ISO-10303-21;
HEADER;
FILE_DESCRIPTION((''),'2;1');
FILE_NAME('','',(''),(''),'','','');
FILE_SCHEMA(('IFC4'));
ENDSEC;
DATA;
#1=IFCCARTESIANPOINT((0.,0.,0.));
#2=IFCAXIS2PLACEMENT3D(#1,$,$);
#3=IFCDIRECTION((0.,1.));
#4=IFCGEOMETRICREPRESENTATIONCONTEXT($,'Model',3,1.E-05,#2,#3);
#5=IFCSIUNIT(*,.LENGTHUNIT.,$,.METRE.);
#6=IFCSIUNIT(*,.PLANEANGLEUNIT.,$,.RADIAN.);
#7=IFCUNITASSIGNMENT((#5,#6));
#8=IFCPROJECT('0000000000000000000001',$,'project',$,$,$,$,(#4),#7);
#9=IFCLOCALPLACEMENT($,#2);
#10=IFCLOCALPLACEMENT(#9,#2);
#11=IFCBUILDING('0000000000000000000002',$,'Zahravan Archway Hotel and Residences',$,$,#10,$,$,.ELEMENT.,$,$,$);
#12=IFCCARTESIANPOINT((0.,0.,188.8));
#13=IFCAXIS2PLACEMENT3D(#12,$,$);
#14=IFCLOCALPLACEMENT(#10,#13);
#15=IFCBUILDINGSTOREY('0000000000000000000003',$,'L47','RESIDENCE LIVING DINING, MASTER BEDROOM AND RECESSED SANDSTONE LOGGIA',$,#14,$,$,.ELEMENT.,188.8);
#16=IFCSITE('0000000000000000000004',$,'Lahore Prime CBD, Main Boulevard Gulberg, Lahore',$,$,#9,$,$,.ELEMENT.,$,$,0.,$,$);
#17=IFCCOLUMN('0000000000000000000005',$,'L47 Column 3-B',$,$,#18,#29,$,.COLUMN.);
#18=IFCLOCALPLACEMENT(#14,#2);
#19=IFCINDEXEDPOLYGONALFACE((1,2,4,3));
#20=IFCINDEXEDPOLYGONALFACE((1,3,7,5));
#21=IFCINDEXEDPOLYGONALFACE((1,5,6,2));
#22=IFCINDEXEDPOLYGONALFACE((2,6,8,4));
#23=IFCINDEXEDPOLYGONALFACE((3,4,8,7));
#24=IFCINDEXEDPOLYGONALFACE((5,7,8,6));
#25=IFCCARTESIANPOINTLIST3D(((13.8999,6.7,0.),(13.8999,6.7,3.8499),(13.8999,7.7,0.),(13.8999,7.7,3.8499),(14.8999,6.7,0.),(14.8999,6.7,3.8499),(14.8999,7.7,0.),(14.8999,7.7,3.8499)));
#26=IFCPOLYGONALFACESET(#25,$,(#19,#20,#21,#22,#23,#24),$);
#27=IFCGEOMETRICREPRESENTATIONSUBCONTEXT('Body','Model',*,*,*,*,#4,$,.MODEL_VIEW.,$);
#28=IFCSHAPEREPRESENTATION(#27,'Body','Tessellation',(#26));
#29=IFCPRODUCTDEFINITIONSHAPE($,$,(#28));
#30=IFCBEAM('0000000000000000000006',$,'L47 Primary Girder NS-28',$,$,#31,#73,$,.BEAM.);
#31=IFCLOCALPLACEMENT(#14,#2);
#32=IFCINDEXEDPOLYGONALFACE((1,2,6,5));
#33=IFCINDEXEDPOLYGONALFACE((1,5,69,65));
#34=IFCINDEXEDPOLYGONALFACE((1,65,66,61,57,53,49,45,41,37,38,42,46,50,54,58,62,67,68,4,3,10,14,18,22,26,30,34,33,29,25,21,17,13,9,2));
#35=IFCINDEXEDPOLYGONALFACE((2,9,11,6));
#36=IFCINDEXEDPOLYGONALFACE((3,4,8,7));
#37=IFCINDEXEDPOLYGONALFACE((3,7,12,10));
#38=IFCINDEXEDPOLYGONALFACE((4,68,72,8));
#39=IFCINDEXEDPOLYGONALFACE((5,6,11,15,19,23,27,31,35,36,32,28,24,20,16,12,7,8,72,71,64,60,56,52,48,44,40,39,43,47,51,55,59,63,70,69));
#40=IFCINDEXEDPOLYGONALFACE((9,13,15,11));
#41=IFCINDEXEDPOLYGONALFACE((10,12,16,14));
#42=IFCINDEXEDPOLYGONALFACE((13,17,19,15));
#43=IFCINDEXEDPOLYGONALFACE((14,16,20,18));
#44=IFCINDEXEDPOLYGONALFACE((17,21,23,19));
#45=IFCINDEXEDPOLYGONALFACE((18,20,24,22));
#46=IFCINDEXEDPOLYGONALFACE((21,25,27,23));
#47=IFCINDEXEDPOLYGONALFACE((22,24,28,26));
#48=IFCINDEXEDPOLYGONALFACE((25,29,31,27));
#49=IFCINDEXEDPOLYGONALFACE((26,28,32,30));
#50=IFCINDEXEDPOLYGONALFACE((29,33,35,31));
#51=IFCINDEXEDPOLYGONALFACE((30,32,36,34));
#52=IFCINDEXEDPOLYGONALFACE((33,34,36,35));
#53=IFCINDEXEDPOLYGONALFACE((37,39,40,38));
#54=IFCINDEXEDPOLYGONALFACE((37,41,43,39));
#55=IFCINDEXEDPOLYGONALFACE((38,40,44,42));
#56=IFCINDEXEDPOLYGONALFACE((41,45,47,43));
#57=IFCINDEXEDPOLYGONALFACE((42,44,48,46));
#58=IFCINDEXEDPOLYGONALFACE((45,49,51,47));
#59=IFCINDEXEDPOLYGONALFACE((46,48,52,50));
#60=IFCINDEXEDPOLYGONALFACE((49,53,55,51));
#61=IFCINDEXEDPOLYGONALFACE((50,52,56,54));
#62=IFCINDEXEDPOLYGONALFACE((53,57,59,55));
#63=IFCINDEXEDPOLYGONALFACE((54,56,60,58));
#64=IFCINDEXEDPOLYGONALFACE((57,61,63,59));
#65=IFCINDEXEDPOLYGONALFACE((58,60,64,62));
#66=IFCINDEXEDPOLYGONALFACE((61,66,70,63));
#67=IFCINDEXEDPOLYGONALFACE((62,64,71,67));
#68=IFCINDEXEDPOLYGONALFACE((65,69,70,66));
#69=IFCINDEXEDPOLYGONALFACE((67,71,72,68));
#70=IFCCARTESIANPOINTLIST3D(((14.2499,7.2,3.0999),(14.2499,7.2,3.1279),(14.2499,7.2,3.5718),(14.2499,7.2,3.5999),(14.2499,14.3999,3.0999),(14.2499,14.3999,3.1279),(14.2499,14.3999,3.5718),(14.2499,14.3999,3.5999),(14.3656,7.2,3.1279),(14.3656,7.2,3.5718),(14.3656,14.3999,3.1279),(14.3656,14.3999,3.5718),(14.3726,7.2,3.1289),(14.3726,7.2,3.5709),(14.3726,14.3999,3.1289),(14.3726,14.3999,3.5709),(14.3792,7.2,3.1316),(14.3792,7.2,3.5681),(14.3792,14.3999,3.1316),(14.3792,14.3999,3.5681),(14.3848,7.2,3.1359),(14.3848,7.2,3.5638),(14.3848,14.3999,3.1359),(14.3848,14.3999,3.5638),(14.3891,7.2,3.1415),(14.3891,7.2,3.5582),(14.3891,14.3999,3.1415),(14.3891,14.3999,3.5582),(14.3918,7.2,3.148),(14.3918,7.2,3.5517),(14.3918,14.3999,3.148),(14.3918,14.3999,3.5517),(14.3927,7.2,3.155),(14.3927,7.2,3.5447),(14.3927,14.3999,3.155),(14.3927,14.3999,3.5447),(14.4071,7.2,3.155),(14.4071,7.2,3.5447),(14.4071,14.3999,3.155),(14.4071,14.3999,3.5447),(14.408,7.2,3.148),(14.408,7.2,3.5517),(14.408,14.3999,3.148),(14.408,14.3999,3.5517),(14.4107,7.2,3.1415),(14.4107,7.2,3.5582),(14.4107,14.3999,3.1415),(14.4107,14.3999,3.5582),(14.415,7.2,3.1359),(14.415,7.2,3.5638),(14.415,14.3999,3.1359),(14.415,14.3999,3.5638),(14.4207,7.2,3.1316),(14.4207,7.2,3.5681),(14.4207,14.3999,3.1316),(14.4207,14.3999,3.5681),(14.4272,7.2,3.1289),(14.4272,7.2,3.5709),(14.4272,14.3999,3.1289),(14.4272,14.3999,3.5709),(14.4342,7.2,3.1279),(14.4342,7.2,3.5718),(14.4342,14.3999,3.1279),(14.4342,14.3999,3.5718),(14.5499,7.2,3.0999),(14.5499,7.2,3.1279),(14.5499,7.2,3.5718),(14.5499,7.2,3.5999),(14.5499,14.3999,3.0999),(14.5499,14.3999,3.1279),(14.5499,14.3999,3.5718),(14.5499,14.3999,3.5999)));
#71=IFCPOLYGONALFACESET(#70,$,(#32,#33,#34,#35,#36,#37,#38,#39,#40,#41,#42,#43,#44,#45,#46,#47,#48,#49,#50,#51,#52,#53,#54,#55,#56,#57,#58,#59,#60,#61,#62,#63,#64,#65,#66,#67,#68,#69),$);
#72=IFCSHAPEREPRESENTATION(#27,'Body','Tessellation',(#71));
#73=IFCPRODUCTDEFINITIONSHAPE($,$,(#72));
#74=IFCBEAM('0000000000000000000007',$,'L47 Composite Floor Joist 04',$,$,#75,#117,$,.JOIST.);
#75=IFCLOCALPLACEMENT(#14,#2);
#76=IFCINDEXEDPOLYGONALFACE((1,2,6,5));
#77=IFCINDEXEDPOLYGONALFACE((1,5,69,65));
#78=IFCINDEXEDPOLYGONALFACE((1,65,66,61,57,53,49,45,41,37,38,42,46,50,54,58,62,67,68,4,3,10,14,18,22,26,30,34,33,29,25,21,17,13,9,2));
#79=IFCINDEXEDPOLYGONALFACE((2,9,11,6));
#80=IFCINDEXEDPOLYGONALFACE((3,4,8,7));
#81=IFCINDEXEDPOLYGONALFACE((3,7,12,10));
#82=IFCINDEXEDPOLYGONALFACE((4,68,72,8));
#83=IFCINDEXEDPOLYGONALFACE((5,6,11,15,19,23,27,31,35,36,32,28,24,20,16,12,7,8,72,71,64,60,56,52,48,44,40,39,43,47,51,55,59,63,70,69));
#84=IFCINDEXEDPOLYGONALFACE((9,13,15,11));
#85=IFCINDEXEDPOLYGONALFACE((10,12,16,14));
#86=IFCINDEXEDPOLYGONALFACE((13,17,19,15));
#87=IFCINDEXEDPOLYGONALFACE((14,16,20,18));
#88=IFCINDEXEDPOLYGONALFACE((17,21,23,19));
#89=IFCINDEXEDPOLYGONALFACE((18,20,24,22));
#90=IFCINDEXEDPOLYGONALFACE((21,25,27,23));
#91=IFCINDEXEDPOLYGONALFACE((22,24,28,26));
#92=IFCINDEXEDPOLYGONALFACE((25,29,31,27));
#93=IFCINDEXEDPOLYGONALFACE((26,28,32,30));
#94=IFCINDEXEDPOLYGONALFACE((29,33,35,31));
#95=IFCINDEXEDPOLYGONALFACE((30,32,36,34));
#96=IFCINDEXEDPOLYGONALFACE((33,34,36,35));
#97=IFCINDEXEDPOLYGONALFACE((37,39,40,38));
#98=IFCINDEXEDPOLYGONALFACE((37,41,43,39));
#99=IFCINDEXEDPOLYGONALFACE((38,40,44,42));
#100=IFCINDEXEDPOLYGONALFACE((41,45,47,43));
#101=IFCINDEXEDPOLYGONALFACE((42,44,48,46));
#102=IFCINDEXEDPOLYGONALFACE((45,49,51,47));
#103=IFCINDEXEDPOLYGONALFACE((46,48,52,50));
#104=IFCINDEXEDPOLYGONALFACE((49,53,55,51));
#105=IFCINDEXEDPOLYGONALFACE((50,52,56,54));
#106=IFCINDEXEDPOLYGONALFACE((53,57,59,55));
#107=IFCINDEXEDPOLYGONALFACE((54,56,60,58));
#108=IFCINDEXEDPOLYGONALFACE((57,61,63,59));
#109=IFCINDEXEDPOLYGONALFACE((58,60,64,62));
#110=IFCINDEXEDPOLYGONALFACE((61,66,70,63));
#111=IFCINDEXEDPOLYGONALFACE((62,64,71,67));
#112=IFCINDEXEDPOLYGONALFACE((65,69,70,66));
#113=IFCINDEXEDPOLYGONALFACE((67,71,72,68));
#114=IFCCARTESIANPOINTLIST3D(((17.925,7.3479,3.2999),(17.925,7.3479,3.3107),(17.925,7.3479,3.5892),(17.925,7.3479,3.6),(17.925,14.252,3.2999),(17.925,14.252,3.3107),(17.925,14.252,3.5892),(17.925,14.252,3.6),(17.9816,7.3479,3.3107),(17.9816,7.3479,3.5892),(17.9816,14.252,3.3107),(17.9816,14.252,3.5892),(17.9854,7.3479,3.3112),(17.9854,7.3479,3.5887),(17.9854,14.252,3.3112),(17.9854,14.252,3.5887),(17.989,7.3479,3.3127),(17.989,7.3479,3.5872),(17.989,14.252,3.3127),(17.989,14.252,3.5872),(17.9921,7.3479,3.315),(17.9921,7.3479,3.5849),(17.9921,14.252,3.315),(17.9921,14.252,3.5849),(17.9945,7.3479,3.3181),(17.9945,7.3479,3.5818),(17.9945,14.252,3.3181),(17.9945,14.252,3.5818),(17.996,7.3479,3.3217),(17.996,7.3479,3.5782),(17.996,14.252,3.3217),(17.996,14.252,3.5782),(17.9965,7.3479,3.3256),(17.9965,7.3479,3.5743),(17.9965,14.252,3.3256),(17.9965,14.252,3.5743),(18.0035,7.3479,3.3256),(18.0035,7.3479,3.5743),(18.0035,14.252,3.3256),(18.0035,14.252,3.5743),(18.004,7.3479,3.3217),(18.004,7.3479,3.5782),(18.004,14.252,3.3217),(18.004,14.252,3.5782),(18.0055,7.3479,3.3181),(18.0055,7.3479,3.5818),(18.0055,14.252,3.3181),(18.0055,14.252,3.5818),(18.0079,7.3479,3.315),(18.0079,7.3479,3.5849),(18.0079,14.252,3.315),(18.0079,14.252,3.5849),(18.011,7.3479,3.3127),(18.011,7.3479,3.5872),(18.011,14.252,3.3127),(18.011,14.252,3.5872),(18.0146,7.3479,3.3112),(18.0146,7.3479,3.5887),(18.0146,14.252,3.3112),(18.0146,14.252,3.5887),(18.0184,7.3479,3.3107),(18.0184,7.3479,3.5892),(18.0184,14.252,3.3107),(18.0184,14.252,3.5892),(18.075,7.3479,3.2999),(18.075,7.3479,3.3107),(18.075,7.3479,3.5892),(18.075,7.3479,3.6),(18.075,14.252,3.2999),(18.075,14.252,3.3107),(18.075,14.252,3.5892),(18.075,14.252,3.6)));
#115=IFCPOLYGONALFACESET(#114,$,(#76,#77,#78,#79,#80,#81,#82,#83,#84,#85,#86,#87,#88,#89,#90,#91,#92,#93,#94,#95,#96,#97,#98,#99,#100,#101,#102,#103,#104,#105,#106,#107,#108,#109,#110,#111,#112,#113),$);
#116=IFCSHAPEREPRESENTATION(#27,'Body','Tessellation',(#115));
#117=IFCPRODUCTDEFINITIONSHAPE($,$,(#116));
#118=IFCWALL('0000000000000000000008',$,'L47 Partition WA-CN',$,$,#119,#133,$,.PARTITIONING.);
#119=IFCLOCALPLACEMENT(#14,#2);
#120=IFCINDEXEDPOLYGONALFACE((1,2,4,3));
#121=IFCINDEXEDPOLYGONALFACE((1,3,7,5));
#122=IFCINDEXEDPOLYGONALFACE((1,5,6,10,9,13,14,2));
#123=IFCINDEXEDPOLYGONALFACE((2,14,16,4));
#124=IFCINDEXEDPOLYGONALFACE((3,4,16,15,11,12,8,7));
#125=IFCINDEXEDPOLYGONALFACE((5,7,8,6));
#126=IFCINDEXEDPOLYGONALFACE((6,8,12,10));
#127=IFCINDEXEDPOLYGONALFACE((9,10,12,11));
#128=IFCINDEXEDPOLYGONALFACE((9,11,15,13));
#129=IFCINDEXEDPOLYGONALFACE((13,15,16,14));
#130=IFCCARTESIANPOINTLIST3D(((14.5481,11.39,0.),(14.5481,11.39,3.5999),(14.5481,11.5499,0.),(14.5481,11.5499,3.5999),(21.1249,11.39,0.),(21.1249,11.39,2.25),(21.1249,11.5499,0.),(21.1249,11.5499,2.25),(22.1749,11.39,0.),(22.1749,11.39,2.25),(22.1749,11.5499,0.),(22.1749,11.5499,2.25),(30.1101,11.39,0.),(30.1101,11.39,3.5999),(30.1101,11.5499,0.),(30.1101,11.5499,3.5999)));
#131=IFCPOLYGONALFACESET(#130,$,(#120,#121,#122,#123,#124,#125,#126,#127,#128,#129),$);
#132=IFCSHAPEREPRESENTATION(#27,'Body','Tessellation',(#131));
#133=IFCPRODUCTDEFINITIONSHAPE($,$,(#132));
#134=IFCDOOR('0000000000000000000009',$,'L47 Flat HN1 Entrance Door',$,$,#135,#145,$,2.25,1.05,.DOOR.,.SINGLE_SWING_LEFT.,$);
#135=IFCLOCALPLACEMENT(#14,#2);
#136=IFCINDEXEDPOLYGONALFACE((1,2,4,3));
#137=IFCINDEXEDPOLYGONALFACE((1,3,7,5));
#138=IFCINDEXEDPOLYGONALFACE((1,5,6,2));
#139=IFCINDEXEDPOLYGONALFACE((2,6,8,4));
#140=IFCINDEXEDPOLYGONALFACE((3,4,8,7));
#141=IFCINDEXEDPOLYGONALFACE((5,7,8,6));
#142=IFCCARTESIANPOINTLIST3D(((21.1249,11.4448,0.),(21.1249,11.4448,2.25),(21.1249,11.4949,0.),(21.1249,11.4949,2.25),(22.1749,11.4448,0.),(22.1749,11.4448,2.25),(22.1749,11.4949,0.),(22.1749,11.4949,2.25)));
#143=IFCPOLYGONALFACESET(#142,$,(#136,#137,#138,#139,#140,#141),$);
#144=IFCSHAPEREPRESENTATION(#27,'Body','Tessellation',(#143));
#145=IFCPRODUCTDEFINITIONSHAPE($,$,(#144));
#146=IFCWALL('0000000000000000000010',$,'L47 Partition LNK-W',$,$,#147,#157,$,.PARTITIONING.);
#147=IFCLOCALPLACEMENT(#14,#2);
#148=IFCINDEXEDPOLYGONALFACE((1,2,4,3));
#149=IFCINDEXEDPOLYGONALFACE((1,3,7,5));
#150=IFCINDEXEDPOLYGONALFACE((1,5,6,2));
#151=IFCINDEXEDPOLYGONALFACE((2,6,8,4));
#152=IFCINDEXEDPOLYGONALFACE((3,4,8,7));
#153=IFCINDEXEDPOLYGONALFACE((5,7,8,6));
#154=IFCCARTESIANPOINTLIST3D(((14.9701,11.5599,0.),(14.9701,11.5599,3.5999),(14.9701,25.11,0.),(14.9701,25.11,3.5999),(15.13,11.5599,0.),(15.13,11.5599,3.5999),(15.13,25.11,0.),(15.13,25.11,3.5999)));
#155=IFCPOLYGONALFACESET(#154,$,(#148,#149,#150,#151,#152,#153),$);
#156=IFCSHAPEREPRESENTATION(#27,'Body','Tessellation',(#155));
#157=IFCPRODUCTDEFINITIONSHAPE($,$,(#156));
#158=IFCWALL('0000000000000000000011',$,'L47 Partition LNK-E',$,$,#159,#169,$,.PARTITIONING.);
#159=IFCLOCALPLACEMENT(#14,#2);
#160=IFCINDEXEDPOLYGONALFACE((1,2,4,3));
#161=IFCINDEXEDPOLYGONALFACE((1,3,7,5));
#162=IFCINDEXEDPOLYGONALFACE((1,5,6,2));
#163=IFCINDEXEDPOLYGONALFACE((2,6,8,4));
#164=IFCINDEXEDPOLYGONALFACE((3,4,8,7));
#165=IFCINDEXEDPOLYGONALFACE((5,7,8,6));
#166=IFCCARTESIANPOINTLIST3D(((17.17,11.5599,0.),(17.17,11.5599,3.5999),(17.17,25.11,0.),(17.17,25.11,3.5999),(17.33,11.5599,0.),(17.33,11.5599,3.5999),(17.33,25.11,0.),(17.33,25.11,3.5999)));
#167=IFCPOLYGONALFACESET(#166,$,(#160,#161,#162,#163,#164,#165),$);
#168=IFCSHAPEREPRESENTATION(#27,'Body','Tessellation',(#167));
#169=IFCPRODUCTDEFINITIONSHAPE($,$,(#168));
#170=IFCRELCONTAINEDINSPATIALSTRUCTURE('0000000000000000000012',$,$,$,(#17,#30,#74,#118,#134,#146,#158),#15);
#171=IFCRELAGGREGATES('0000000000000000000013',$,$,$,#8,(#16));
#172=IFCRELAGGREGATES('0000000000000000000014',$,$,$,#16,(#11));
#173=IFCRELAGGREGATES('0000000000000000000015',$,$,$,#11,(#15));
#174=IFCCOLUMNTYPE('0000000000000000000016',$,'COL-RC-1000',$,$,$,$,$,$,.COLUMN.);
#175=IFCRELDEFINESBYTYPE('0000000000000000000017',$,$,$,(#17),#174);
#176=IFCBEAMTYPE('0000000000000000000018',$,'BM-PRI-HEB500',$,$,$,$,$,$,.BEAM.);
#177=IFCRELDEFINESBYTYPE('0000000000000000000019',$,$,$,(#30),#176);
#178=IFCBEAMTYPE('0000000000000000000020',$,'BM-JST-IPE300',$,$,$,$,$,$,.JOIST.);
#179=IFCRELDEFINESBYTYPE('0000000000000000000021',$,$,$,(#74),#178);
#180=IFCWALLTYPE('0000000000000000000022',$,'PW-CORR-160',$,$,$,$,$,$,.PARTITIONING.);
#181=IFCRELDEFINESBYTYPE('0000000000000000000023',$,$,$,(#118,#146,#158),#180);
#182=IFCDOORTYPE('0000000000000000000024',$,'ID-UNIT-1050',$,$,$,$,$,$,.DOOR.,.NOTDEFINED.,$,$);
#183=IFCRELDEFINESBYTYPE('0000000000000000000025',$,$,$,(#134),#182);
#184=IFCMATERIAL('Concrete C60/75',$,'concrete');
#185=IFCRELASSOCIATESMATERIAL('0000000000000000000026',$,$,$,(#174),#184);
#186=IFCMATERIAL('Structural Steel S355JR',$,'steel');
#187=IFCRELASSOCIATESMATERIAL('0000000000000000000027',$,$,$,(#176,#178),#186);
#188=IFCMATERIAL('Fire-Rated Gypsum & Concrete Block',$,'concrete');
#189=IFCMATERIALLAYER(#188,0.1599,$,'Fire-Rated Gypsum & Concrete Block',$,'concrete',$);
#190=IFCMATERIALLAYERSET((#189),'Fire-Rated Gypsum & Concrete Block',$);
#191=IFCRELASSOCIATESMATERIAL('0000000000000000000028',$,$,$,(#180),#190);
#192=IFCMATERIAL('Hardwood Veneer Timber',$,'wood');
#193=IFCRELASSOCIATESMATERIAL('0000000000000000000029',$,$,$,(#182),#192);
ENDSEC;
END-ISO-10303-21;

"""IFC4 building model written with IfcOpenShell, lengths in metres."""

from ifc_helpers import new_model, si_unit, direction, frame, frame_2d, origin, origin_2d, place, context, subcontext, project, spatial, rectangle, i_section, extrude, source, transform, mapped, material, layer, layer_set, material_profile, profile_set, type_object, type_shapes, element, fill, save


model = new_model("IFC4")

# Units and contexts
model_context = context("Model", 3, precision=1e-05, world=origin(), true_north=direction((0.0, 1.0)))
body_context = subcontext(model_context, "Body", "Model", "MODEL_VIEW")
ifc_project = project(units=[si_unit("LENGTHUNIT", "METRE"), si_unit("PLANEANGLEUNIT", "RADIAN")], contexts=[model_context])

# Site, building, storey
site_placement = place(None, origin())
site = spatial("IfcSite", under=ifc_project, at=site_placement, Name="Lahore Prime CBD, Main Boulevard Gulberg, Lahore", CompositionType="ELEMENT", RefElevation=0.0)
building_placement = place(site_placement, origin())
building = spatial("IfcBuilding", under=site, at=building_placement, Name="Zahravan Archway Hotel and Residences", CompositionType="ELEMENT")
storey_placement = place(building_placement, frame((0.0, 0.0, 188.8)))
storey = spatial("IfcBuildingStorey", under=building, at=storey_placement, Name="L47", Description="RESIDENCE LIVING DINING, MASTER BEDROOM AND RECESSED SANDSTONE LOGGIA", CompositionType="ELEMENT", Elevation=188.8)

# Column
ifc_material_1 = material(Name="Concrete C60/75", Category="concrete")
ifc_material_profile_1 = material_profile(ifc_material_1, rectangle(XDim=1.0, YDim=1.0, at=origin_2d()), Name="RC-COL-1000x1000", Category="concrete")
ifc_profile_set_1 = profile_set([ifc_material_profile_1], Name="Concrete C60/75")
column_type = type_object("IfcColumnType", Name="COL-RC-1000", PredefinedType="COLUMN", material=ifc_profile_set_1)
shared_shape_1 = source(origin(), body_context, "Body", "SweptSolid", [
    extrude(rectangle(XDim=1.0, YDim=1.0, at=origin_2d()), origin(), (0.0, 0.0, 1.0), 3.8499),
])
column_placement = place(storey_placement, frame((14.3999, 7.2, 0.0), z_axis=(0.0, 0.0, 1.0), x_axis=(1.0, 0.0, 0.0)))
element("IfcColumn", 1, at=column_placement, inside=storey, type_object=column_type, Name="L47 Column 3-B", PredefinedType="COLUMN", context=body_context, shape_type="MappedRepresentation", body=[
    mapped(shared_shape_1, transform((0.0, 0.0, 0.0), scale=1.0)),
])

# Beams
ifc_material_2 = material(Name="Structural Steel S355JR", Category="steel")
ifc_material_profile_2 = material_profile(ifc_material_2, i_section(OverallWidth=0.3, OverallDepth=0.5, WebThickness=0.0144, FlangeThickness=0.0281, FilletRadius=0.0271, at=origin_2d()), Name="HEB 500", Category="steel")
ifc_profile_set_2 = profile_set([ifc_material_profile_2], Name="Structural Steel S355JR")
beam_type_1 = type_object("IfcBeamType", Name="BM-PRI-HEB500", PredefinedType="BEAM", material=ifc_profile_set_2)
shared_shape_2 = source(origin(), body_context, "Body", "SweptSolid", [
    extrude(i_section(OverallWidth=0.3, OverallDepth=0.5, WebThickness=0.0144, FlangeThickness=0.0281, FilletRadius=0.0271, at=origin_2d()), origin(), (0.0, 0.0, 1.0), 7.2),
])
beam_1_placement = place(storey_placement, frame((14.3999, 7.2, 3.3499), z_axis=(0.0, 1.0, 0.0), x_axis=(-1.0, 0.0, 0.0)))
element("IfcBeam", 2, at=beam_1_placement, inside=storey, type_object=beam_type_1, Name="L47 Primary Girder NS-28", PredefinedType="BEAM", context=body_context, shape_type="MappedRepresentation", body=[
    mapped(shared_shape_2, transform((0.0, 0.0, 0.0), scale=1.0)),
])
ifc_material_profile_3 = material_profile(ifc_material_2, i_section(OverallWidth=0.1499, OverallDepth=0.3, WebThickness=0.0071, FlangeThickness=0.0107, FilletRadius=0.0149, at=origin_2d()), Name="IPE 300", Category="steel")
ifc_profile_set_3 = profile_set([ifc_material_profile_3], Name="Structural Steel S355JR")
beam_type_2 = type_object("IfcBeamType", Name="BM-JST-IPE300", PredefinedType="JOIST", material=ifc_profile_set_3)
shared_shape_3 = source(origin(), body_context, "Body", "SweptSolid", [
    extrude(i_section(OverallWidth=0.1499, OverallDepth=0.3, WebThickness=0.0071, FlangeThickness=0.0107, FilletRadius=0.0149, at=origin_2d()), origin(), (0.0, 0.0, 1.0), 6.9041),
])
type_shapes(beam_type_2, [shared_shape_3])
beam_2_placement = place(storey_placement, frame((18.0, 7.3479, 3.45), z_axis=(0.0, 1.0, 0.0), x_axis=(-1.0, 0.0, 0.0)))
element("IfcBeam", 3, at=beam_2_placement, inside=storey, type_object=beam_type_2, Name="L47 Composite Floor Joist 04", PredefinedType="JOIST", context=body_context, shape_type="MappedRepresentation", body=[
    mapped(shared_shape_3, transform((0.0, 0.0, 0.0), scale=1.0)),
])

# Wall, opening, door
ifc_material_3 = material(Name="Fire-Rated Gypsum & Concrete Block", Category="concrete")
ifc_layer_1 = layer(ifc_material_3, 0.1599, Name="Fire-Rated Gypsum & Concrete Block", Category="concrete")
ifc_layer_set_1 = layer_set([ifc_layer_1], Name="Fire-Rated Gypsum & Concrete Block")
wall_type_1 = type_object("IfcWallType", Name="PW-CORR-160", PredefinedType="PARTITIONING", material=ifc_layer_set_1)
wall_1_placement = place(storey_placement, frame((14.5481, 11.47, 0.0), z_axis=(0.0, 0.0, 1.0), x_axis=(1.0, 0.0, 0.0)))
wall_1 = element("IfcWall", 4, at=wall_1_placement, inside=storey, type_object=wall_type_1, Name="L47 Partition WA-CN", PredefinedType="PARTITIONING", context=body_context, shape_type="SweptSolid", body=[
    extrude(rectangle(XDim=15.562, YDim=0.1599, at=frame_2d((7.781, 0.0))), origin(), (0.0, 0.0, 1.0), 3.5999),
])
opening_1_placement = place(wall_1_placement, frame((6.5769, 0.0, 0.0)))
opening_1 = element("IfcOpeningElement", 5, at=opening_1_placement, cuts=wall_1, PredefinedType="OPENING", context=body_context, shape_type="SweptSolid", body=[
    extrude(rectangle(XDim=1.05, YDim=2.25, at=frame_2d((0.5249, 1.125))), frame((0.0, 0.0898, 0.0), z_axis=(0.0, -1.0, 0.0), x_axis=(1.0, 0.0, 0.0)), (0.0, 0.0, 1.0), 0.1799),
])
ifc_material_4 = material(Name="Hardwood Veneer Timber", Category="wood")
door_type_1 = type_object("IfcDoorType", Name="ID-UNIT-1050", OperationType="NOTDEFINED", PredefinedType="DOOR", material=ifc_material_4)
shared_shape_4 = source(origin(), body_context, "Body", "SweptSolid", [
    extrude(rectangle(XDim=1.05, YDim=2.25, at=frame_2d((0.5249, 1.125))), frame((0.0, 0.0249, 0.0), z_axis=(0.0, -1.0, 0.0), x_axis=(1.0, 0.0, 0.0)), (0.0, 0.0, 1.0), 0.05),
])
type_shapes(door_type_1, [shared_shape_4])
door_1_placement = place(opening_1_placement, origin())
door_1 = element("IfcDoor", 6, at=door_1_placement, inside=storey, type_object=door_type_1, Name="L47 Flat HN1 Entrance Door", OperationType="SINGLE_SWING_LEFT", OverallHeight=2.25, OverallWidth=1.05, PredefinedType="DOOR", context=body_context, shape_type="MappedRepresentation", body=[
    mapped(shared_shape_4, transform((0.0, 0.0, 0.0), scale=1.0)),
])
fill(opening_1, door_1)

# Walls
for number, where, z_axis, x_axis, name in (
    (7, (15.05, 11.5601, 0.0), (0.0, 0.0, 1.0), (0.0, 1.0, 0.0), "L47 Partition LNK-W"),
    (8, (17.25, 11.5601, 0.0), (0.0, 0.0, 1.0), (0.0, 1.0, 0.0), "L47 Partition LNK-E"),
):
    element("IfcWall", number, at=place(storey_placement, frame(where, z_axis=z_axis, x_axis=x_axis)), inside=storey, type_object=wall_type_1, Name=name, PredefinedType="PARTITIONING", context=body_context, shape_type="SweptSolid", body=[
        extrude(rectangle(XDim=13.55, YDim=0.1599, at=frame_2d((6.7749, 0.0))), origin(), (0.0, 0.0, 1.0), 3.5999),
    ])

save(model, "model.ifc")
